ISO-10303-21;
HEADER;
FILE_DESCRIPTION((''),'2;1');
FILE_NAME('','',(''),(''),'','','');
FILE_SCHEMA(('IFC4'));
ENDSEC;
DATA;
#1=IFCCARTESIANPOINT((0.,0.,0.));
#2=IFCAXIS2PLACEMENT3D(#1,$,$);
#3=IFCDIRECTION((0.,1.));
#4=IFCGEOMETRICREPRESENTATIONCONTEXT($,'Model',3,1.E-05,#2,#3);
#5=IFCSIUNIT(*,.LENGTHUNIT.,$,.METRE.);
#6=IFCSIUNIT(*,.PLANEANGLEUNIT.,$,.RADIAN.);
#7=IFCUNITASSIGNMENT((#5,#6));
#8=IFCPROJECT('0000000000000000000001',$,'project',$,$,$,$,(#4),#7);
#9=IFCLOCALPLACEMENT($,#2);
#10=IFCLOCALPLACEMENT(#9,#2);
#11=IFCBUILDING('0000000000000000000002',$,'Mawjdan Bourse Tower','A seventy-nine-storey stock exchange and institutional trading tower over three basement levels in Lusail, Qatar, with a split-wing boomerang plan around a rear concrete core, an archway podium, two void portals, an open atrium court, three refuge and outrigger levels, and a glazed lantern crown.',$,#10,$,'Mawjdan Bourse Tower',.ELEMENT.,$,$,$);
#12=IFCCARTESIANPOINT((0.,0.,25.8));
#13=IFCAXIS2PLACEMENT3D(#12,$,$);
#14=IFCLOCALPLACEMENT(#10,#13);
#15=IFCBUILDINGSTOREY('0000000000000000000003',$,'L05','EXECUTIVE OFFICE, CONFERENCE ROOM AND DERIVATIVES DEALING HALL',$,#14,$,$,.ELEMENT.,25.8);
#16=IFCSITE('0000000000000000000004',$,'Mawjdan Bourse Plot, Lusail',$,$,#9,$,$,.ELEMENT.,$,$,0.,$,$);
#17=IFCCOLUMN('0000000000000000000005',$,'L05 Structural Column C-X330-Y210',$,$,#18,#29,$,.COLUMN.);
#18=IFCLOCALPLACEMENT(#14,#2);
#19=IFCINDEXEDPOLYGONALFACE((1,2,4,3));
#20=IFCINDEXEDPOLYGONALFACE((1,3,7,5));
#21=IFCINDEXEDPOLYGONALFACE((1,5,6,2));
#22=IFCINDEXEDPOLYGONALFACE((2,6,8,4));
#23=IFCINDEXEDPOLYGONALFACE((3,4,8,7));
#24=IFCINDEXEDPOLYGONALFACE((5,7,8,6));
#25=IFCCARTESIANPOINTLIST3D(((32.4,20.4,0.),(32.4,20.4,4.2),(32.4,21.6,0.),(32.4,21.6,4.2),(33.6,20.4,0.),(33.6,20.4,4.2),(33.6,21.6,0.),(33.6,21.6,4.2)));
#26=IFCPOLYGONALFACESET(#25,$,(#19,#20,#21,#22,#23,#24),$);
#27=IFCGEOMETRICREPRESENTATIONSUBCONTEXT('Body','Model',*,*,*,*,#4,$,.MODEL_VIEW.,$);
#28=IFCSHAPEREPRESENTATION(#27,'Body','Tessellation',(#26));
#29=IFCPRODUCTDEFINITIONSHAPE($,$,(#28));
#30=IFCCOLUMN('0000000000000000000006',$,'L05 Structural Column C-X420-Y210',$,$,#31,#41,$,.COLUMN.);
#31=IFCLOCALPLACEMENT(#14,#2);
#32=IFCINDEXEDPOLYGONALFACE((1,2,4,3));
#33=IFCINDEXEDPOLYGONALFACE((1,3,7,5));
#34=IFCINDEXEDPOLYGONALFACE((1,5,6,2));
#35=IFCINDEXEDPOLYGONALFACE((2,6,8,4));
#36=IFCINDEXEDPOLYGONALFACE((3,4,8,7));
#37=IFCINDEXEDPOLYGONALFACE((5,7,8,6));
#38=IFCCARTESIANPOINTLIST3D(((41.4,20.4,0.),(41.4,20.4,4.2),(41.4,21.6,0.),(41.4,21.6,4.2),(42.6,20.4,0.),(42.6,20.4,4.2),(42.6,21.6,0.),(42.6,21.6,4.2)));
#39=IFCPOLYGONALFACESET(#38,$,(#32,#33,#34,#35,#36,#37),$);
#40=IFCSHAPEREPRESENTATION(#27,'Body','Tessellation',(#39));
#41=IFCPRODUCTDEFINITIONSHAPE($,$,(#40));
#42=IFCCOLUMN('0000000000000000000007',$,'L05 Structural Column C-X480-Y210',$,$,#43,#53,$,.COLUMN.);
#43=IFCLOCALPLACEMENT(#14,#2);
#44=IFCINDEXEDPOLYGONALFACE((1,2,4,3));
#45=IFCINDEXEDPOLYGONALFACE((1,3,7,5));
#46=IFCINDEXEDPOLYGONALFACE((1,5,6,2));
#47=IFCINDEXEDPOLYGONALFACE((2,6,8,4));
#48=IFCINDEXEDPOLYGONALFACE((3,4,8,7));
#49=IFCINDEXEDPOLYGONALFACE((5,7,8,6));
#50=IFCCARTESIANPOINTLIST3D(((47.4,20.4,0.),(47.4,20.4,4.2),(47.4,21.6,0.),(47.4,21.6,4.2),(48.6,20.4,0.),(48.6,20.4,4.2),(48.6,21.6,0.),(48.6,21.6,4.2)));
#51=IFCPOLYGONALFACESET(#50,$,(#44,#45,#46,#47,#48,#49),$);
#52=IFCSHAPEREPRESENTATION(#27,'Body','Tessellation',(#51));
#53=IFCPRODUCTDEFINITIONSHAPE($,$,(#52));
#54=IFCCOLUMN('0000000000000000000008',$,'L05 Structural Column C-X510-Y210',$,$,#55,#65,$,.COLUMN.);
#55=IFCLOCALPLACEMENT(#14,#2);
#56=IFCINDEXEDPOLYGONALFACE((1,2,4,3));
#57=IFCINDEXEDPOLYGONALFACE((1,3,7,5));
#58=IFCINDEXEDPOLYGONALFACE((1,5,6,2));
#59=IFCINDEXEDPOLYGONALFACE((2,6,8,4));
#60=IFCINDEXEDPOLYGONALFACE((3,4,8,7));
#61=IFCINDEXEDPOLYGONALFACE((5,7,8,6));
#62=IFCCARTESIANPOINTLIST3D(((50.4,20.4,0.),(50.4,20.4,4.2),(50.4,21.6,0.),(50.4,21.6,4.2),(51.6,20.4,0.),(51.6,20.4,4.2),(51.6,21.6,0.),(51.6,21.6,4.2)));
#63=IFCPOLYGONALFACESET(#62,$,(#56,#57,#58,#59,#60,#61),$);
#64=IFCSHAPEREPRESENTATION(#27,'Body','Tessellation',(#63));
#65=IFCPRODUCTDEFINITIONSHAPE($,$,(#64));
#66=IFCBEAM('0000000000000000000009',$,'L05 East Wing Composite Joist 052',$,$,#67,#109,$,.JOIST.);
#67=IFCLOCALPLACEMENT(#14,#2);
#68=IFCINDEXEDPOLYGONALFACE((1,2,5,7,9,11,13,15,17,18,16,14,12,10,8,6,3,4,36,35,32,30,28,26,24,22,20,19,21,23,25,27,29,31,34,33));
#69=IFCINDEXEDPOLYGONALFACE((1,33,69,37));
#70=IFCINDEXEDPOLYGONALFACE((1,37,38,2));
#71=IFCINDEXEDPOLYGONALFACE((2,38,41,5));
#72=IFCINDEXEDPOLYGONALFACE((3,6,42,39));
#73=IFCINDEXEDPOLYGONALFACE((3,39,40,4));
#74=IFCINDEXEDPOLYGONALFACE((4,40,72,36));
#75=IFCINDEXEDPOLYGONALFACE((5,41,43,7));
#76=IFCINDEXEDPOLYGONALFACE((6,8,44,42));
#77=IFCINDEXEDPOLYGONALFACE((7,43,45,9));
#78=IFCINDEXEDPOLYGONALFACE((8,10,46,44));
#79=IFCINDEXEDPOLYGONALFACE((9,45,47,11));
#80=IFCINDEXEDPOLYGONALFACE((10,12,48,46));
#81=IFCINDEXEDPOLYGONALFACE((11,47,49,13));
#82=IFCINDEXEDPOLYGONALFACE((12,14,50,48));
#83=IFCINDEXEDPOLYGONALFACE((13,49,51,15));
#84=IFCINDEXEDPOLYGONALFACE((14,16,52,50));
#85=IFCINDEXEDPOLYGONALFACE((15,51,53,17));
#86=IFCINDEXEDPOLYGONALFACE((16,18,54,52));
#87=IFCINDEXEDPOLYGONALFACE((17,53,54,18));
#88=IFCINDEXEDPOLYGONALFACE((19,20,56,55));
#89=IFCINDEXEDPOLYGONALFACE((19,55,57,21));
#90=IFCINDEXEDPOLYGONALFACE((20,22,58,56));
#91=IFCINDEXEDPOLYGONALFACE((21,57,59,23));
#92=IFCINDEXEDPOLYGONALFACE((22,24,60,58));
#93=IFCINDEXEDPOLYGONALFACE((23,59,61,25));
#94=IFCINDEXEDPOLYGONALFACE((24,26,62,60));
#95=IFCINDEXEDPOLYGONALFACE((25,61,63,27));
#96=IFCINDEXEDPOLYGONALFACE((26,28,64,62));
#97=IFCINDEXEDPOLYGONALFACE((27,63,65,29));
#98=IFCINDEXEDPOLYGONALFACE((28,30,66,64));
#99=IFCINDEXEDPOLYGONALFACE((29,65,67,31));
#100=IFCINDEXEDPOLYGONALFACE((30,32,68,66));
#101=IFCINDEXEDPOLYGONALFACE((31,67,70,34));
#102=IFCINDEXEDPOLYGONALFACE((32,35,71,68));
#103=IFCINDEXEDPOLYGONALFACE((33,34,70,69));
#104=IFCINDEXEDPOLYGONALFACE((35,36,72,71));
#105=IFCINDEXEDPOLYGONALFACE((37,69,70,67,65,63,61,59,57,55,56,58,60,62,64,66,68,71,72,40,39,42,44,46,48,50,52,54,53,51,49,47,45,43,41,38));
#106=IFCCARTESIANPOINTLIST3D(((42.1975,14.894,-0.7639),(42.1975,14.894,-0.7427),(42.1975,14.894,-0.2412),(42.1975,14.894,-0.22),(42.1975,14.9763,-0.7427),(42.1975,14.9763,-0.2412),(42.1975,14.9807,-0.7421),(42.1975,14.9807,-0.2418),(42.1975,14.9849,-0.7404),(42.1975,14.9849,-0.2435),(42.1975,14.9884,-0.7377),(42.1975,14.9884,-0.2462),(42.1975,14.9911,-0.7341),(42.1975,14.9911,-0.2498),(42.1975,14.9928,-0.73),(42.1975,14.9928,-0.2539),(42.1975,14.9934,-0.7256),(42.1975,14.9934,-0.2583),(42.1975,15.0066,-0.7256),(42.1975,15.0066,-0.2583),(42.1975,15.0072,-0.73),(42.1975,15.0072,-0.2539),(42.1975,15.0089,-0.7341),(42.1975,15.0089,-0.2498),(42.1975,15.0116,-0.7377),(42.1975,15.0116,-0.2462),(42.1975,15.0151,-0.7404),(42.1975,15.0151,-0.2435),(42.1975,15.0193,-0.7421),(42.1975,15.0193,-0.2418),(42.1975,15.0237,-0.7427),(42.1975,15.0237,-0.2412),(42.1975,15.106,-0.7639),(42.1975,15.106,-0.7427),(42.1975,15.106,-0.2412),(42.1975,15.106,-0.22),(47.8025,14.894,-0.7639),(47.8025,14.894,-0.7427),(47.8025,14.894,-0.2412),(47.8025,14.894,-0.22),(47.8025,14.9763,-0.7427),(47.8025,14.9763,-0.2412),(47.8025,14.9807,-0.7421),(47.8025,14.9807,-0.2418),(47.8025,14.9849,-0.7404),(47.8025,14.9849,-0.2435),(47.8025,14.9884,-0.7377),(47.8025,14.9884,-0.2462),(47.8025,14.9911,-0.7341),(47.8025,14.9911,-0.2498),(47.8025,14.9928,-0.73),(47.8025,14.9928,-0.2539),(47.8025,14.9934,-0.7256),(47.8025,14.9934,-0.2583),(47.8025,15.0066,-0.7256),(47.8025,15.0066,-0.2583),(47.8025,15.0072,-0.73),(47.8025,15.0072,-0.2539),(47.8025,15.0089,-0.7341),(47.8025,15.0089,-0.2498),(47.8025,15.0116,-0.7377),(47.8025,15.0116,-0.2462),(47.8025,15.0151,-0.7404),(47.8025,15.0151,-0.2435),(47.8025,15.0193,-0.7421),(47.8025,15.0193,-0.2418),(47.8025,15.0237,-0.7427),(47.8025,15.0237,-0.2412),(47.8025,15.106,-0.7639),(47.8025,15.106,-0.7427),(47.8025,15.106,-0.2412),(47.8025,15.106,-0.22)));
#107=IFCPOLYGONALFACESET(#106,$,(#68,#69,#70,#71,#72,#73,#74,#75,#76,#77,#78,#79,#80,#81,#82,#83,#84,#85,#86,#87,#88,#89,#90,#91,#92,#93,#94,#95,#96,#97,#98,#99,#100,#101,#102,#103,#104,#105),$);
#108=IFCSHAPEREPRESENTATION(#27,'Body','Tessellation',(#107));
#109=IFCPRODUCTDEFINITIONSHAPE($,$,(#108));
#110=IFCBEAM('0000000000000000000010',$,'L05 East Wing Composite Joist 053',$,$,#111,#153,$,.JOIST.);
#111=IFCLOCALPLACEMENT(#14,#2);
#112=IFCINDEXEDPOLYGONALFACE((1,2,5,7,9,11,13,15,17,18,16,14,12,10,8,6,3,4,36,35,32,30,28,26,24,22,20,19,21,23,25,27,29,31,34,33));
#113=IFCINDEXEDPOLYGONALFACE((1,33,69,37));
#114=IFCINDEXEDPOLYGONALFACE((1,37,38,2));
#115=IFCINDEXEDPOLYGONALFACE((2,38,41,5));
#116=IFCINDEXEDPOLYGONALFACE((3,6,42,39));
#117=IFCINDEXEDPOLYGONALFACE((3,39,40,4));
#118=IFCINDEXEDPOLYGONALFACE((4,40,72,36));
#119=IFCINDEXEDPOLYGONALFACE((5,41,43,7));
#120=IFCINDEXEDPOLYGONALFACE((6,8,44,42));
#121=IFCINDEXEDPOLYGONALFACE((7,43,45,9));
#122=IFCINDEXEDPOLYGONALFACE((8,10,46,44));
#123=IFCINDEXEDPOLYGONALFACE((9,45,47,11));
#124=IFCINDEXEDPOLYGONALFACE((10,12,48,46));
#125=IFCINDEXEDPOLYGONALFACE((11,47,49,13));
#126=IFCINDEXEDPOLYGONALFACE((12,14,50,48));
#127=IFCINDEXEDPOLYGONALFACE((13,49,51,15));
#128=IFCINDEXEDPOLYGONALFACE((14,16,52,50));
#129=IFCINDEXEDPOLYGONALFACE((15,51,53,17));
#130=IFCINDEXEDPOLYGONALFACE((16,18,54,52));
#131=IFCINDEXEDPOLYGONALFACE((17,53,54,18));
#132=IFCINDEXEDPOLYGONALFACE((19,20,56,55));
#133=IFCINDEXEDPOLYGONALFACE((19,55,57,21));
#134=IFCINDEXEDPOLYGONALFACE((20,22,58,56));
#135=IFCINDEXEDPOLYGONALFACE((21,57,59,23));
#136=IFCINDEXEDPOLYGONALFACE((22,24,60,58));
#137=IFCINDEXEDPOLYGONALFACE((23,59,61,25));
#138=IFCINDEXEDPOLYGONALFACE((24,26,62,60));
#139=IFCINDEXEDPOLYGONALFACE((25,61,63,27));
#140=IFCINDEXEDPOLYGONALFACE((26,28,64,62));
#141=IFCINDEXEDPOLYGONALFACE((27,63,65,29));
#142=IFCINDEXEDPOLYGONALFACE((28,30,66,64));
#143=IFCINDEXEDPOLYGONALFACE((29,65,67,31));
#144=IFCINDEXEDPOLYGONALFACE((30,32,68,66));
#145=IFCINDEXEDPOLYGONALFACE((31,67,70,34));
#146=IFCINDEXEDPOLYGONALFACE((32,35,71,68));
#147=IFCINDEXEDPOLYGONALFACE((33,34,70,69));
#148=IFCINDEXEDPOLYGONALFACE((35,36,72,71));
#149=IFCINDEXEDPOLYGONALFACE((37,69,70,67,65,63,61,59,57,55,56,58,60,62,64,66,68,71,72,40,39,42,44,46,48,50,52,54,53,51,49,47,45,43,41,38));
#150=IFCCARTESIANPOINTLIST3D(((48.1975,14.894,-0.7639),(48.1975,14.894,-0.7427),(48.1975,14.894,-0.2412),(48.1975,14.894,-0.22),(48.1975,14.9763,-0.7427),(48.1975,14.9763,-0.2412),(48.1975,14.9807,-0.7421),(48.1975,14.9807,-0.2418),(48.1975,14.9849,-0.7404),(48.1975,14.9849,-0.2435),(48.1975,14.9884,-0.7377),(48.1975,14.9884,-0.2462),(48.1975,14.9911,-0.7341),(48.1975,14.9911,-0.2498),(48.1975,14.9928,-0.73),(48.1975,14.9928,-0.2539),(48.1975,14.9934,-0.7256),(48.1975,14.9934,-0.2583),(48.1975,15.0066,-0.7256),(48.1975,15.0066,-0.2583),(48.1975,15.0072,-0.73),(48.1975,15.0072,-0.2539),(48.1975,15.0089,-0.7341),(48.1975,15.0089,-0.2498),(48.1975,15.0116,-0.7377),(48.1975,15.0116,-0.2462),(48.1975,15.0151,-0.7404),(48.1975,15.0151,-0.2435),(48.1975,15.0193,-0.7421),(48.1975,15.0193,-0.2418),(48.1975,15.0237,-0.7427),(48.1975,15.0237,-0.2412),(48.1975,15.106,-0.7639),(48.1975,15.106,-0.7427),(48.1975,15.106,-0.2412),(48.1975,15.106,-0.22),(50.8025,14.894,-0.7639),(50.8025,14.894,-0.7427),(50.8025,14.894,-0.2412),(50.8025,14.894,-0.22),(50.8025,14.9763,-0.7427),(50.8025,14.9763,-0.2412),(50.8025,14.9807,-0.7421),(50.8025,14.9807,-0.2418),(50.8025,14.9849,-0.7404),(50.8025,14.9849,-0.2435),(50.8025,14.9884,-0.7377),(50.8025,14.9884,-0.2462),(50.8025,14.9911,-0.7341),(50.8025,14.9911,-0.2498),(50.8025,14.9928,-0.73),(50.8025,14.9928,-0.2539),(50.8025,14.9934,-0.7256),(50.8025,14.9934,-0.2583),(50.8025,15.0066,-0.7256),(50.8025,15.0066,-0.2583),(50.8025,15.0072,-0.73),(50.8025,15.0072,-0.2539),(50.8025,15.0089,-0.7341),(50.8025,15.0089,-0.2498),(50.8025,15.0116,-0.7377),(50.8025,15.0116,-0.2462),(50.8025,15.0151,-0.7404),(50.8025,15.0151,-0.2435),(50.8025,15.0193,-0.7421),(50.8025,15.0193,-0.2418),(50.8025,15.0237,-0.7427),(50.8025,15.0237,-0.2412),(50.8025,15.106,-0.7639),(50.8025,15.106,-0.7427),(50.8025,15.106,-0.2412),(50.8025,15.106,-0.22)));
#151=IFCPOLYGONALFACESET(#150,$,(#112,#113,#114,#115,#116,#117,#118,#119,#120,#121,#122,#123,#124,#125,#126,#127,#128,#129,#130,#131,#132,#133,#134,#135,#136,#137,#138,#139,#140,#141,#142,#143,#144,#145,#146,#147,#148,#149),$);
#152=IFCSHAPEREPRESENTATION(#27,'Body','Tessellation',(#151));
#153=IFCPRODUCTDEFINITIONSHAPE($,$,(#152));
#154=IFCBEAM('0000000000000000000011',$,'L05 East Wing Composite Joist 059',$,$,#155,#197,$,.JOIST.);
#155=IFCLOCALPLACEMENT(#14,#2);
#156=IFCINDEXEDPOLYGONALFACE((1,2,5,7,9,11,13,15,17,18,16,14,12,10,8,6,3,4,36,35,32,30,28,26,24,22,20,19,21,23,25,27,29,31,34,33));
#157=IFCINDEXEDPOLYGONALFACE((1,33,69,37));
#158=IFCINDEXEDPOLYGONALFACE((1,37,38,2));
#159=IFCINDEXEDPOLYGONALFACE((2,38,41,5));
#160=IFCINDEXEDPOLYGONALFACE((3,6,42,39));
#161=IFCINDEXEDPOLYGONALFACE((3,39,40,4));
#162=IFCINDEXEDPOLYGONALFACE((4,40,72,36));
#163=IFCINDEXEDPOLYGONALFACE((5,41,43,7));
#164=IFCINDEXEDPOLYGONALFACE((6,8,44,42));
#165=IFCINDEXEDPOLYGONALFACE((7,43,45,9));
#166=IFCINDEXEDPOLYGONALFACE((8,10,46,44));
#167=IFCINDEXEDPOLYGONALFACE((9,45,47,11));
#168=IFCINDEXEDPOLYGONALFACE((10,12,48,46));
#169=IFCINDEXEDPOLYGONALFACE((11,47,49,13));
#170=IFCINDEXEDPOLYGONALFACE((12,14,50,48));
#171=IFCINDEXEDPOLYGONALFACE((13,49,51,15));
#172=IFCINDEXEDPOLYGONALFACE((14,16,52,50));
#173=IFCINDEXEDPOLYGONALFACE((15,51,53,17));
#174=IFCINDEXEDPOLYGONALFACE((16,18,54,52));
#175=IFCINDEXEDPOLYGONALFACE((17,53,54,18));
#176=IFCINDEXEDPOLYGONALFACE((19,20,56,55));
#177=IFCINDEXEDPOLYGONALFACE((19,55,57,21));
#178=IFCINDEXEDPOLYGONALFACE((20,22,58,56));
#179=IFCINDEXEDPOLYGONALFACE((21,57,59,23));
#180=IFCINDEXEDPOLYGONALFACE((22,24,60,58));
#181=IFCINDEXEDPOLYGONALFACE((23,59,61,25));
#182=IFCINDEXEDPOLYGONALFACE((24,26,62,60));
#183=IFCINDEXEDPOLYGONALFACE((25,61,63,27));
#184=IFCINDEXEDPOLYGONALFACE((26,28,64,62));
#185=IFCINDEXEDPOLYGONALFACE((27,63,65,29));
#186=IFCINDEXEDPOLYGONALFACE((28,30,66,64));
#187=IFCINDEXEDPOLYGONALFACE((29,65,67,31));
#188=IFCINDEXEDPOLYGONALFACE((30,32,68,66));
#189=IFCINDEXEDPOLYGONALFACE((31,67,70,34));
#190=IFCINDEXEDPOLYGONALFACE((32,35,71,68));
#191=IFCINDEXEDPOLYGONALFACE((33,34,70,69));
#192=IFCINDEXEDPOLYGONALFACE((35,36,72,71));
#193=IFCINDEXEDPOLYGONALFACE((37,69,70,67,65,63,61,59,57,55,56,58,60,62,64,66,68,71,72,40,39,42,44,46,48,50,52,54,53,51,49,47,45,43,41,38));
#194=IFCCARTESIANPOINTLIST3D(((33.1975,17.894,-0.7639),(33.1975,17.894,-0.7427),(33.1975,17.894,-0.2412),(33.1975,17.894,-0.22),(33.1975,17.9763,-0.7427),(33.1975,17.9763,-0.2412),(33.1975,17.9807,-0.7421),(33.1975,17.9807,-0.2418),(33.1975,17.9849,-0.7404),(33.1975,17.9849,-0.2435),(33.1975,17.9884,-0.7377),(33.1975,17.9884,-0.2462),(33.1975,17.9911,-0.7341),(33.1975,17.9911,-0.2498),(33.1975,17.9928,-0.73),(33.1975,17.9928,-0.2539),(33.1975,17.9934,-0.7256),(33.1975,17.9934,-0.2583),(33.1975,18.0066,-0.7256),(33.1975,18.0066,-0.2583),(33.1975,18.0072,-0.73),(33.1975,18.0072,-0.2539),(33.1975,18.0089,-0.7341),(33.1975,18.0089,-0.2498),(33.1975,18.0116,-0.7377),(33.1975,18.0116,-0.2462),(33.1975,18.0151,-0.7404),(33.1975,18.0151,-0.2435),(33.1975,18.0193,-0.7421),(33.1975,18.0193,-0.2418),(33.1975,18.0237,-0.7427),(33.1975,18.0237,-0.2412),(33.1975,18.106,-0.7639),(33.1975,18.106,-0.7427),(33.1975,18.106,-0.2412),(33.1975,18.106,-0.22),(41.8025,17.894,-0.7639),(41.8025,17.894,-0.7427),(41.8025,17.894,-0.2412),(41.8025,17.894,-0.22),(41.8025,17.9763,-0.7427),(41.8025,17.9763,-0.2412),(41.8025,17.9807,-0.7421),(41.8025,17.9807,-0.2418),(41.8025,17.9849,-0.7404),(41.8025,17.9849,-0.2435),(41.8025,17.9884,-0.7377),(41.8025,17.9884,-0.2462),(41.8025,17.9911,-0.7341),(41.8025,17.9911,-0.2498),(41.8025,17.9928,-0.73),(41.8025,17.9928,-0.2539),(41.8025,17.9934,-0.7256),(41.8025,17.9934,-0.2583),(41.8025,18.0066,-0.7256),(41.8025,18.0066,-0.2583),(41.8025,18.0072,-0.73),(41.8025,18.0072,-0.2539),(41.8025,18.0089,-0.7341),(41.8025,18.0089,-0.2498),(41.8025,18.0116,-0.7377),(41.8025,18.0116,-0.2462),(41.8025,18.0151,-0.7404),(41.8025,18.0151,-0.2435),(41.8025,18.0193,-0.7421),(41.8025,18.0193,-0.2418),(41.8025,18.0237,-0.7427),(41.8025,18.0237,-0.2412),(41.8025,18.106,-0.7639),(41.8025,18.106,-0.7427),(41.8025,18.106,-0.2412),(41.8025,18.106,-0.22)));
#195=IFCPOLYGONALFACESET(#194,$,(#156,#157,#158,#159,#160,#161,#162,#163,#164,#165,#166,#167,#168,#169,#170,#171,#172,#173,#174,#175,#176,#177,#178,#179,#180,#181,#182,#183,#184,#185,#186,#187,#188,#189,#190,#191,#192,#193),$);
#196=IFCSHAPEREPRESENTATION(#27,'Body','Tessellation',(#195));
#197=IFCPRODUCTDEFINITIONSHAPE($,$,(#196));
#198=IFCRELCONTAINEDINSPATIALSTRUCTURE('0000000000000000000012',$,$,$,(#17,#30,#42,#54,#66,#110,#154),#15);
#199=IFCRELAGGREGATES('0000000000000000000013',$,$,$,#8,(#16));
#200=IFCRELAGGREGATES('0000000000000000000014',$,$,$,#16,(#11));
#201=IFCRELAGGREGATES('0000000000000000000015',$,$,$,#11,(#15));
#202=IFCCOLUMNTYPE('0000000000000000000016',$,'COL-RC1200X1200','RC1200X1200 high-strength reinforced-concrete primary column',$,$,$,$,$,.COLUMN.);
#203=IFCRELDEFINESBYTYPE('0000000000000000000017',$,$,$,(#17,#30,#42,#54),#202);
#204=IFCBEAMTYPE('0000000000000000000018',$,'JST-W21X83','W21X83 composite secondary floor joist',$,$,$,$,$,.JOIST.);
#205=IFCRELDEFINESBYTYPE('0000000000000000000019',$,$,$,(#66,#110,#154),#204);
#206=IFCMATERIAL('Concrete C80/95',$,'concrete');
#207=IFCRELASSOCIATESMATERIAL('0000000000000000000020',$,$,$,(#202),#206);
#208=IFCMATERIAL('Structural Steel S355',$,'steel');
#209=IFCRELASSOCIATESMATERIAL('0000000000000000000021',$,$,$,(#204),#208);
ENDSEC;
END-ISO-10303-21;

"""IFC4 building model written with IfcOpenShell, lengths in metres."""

from ifc_helpers import new_model, si_unit, direction, frame, origin, origin_2d, place, context, subcontext, project, spatial, rectangle, i_section, extrude, material, material_profile, profile_set, type_object, element, save


model = new_model("IFC4")

# Units and contexts
model_context = context("Model", 3, precision=1e-05, world=origin(), true_north=direction((0.0, 1.0)))
body_context = subcontext(model_context, "Body", "Model", "MODEL_VIEW")
ifc_project = project(units=[si_unit("LENGTHUNIT", "METRE"), si_unit("PLANEANGLEUNIT", "RADIAN")], contexts=[model_context])

# Site, building, storey
site_placement = place(None, origin())
site = spatial("IfcSite", under=ifc_project, at=site_placement, Name="Mawjdan Bourse Plot, Lusail", CompositionType="ELEMENT", RefElevation=0.0)
building_placement = place(site_placement, origin())
building = spatial("IfcBuilding", under=site, at=building_placement, Name="Mawjdan Bourse Tower", Description="A seventy-nine-storey stock exchange and institutional trading tower over three basement levels in Lusail, Qatar, with a split-wing boomerang plan around a rear concrete core, an archway podium, two void portals, an open atrium court, three refuge and outrigger levels, and a glazed lantern crown.", LongName="Mawjdan Bourse Tower", CompositionType="ELEMENT")
storey_placement = place(building_placement, frame((0.0, 0.0, 25.8)))
storey = spatial("IfcBuildingStorey", under=building, at=storey_placement, Name="L05", Description="EXECUTIVE OFFICE, CONFERENCE ROOM AND DERIVATIVES DEALING HALL", CompositionType="ELEMENT", Elevation=25.8)

# Columns
ifc_material_1 = material(Name="Concrete C80/95", Category="concrete")
ifc_material_profile_1 = material_profile(ifc_material_1, rectangle(XDim=1.2, YDim=1.2, at=origin_2d()), Name="RC1200X1200")
ifc_profile_set_1 = profile_set([ifc_material_profile_1], Name="Concrete C80/95")
column_type = type_object("IfcColumnType", Name="COL-RC1200X1200", Description="RC1200X1200 high-strength reinforced-concrete primary column", PredefinedType="COLUMN", material=ifc_profile_set_1)
for number, where, z_axis, x_axis, name in (
    (1, (33.0, 21.0, 0.0), (0.0, 0.0, 1.0), (1.0, 0.0, 0.0), "L05 Structural Column C-X330-Y210"),
    (2, (42.0, 21.0, 0.0), (0.0, 0.0, 1.0), (1.0, 0.0, 0.0), "L05 Structural Column C-X420-Y210"),
    (3, (48.0, 21.0, 0.0), (0.0, 0.0, 1.0), (1.0, 0.0, 0.0), "L05 Structural Column C-X480-Y210"),
    (4, (51.0, 21.0, 0.0), (0.0, 0.0, 1.0), (1.0, 0.0, 0.0), "L05 Structural Column C-X510-Y210"),
):
    element("IfcColumn", number, at=place(storey_placement, frame(where, z_axis=z_axis, x_axis=x_axis)), inside=storey, type_object=column_type, Name=name, PredefinedType="COLUMN", context=body_context, shape_type="SweptSolid", body=[
        extrude(rectangle(XDim=1.2, YDim=1.2, at=origin_2d()), origin(), (0.0, 0.0, 1.0), 4.2),
    ])

# Beams
ifc_material_2 = material(Name="Structural Steel S355", Category="steel")
ifc_material_profile_2 = material_profile(ifc_material_2, i_section(OverallWidth=0.2119, OverallDepth=0.5439, WebThickness=0.0132, FlangeThickness=0.0212, FilletRadius=0.0171, at=origin_2d()), Name="W21X83")
ifc_profile_set_2 = profile_set([ifc_material_profile_2], Name="Structural Steel S355")
beam_type_1 = type_object("IfcBeamType", Name="JST-W21X83", Description="W21X83 composite secondary floor joist", PredefinedType="JOIST", material=ifc_profile_set_2)
beam_1_placement = place(storey_placement, frame((42.1975, 15.0, -0.4919), z_axis=(1.0, 0.0, 0.0), x_axis=(0.0, 1.0, 0.0)))
element("IfcBeam", 5, at=beam_1_placement, inside=storey, type_object=beam_type_1, Name="L05 East Wing Composite Joist 052", PredefinedType="JOIST", context=body_context, shape_type="SweptSolid", body=[
    extrude(i_section(OverallWidth=0.2119, OverallDepth=0.5439, WebThickness=0.0132, FlangeThickness=0.0212, FilletRadius=0.0171, at=origin_2d()), origin(), (0.0, 0.0, 1.0), 5.605),
])
beam_2_placement = place(storey_placement, frame((48.1975, 15.0, -0.4919), z_axis=(1.0, 0.0, 0.0), x_axis=(0.0, 1.0, 0.0)))
element("IfcBeam", 6, at=beam_2_placement, inside=storey, type_object=beam_type_1, Name="L05 East Wing Composite Joist 053", PredefinedType="JOIST", context=body_context, shape_type="SweptSolid", body=[
    extrude(i_section(OverallWidth=0.2119, OverallDepth=0.5439, WebThickness=0.0132, FlangeThickness=0.0212, FilletRadius=0.0171, at=origin_2d()), origin(), (0.0, 0.0, 1.0), 2.605),
])
beam_3_placement = place(storey_placement, frame((33.1975, 18.0, -0.4919), z_axis=(1.0, 0.0, 0.0), x_axis=(0.0, 1.0, 0.0)))
element("IfcBeam", 7, at=beam_3_placement, inside=storey, type_object=beam_type_1, Name="L05 East Wing Composite Joist 059", PredefinedType="JOIST", context=body_context, shape_type="SweptSolid", body=[
    extrude(i_section(OverallWidth=0.2119, OverallDepth=0.5439, WebThickness=0.0132, FlangeThickness=0.0212, FilletRadius=0.0171, at=origin_2d()), origin(), (0.0, 0.0, 1.0), 8.605),
])

save(model, "model.ifc")
